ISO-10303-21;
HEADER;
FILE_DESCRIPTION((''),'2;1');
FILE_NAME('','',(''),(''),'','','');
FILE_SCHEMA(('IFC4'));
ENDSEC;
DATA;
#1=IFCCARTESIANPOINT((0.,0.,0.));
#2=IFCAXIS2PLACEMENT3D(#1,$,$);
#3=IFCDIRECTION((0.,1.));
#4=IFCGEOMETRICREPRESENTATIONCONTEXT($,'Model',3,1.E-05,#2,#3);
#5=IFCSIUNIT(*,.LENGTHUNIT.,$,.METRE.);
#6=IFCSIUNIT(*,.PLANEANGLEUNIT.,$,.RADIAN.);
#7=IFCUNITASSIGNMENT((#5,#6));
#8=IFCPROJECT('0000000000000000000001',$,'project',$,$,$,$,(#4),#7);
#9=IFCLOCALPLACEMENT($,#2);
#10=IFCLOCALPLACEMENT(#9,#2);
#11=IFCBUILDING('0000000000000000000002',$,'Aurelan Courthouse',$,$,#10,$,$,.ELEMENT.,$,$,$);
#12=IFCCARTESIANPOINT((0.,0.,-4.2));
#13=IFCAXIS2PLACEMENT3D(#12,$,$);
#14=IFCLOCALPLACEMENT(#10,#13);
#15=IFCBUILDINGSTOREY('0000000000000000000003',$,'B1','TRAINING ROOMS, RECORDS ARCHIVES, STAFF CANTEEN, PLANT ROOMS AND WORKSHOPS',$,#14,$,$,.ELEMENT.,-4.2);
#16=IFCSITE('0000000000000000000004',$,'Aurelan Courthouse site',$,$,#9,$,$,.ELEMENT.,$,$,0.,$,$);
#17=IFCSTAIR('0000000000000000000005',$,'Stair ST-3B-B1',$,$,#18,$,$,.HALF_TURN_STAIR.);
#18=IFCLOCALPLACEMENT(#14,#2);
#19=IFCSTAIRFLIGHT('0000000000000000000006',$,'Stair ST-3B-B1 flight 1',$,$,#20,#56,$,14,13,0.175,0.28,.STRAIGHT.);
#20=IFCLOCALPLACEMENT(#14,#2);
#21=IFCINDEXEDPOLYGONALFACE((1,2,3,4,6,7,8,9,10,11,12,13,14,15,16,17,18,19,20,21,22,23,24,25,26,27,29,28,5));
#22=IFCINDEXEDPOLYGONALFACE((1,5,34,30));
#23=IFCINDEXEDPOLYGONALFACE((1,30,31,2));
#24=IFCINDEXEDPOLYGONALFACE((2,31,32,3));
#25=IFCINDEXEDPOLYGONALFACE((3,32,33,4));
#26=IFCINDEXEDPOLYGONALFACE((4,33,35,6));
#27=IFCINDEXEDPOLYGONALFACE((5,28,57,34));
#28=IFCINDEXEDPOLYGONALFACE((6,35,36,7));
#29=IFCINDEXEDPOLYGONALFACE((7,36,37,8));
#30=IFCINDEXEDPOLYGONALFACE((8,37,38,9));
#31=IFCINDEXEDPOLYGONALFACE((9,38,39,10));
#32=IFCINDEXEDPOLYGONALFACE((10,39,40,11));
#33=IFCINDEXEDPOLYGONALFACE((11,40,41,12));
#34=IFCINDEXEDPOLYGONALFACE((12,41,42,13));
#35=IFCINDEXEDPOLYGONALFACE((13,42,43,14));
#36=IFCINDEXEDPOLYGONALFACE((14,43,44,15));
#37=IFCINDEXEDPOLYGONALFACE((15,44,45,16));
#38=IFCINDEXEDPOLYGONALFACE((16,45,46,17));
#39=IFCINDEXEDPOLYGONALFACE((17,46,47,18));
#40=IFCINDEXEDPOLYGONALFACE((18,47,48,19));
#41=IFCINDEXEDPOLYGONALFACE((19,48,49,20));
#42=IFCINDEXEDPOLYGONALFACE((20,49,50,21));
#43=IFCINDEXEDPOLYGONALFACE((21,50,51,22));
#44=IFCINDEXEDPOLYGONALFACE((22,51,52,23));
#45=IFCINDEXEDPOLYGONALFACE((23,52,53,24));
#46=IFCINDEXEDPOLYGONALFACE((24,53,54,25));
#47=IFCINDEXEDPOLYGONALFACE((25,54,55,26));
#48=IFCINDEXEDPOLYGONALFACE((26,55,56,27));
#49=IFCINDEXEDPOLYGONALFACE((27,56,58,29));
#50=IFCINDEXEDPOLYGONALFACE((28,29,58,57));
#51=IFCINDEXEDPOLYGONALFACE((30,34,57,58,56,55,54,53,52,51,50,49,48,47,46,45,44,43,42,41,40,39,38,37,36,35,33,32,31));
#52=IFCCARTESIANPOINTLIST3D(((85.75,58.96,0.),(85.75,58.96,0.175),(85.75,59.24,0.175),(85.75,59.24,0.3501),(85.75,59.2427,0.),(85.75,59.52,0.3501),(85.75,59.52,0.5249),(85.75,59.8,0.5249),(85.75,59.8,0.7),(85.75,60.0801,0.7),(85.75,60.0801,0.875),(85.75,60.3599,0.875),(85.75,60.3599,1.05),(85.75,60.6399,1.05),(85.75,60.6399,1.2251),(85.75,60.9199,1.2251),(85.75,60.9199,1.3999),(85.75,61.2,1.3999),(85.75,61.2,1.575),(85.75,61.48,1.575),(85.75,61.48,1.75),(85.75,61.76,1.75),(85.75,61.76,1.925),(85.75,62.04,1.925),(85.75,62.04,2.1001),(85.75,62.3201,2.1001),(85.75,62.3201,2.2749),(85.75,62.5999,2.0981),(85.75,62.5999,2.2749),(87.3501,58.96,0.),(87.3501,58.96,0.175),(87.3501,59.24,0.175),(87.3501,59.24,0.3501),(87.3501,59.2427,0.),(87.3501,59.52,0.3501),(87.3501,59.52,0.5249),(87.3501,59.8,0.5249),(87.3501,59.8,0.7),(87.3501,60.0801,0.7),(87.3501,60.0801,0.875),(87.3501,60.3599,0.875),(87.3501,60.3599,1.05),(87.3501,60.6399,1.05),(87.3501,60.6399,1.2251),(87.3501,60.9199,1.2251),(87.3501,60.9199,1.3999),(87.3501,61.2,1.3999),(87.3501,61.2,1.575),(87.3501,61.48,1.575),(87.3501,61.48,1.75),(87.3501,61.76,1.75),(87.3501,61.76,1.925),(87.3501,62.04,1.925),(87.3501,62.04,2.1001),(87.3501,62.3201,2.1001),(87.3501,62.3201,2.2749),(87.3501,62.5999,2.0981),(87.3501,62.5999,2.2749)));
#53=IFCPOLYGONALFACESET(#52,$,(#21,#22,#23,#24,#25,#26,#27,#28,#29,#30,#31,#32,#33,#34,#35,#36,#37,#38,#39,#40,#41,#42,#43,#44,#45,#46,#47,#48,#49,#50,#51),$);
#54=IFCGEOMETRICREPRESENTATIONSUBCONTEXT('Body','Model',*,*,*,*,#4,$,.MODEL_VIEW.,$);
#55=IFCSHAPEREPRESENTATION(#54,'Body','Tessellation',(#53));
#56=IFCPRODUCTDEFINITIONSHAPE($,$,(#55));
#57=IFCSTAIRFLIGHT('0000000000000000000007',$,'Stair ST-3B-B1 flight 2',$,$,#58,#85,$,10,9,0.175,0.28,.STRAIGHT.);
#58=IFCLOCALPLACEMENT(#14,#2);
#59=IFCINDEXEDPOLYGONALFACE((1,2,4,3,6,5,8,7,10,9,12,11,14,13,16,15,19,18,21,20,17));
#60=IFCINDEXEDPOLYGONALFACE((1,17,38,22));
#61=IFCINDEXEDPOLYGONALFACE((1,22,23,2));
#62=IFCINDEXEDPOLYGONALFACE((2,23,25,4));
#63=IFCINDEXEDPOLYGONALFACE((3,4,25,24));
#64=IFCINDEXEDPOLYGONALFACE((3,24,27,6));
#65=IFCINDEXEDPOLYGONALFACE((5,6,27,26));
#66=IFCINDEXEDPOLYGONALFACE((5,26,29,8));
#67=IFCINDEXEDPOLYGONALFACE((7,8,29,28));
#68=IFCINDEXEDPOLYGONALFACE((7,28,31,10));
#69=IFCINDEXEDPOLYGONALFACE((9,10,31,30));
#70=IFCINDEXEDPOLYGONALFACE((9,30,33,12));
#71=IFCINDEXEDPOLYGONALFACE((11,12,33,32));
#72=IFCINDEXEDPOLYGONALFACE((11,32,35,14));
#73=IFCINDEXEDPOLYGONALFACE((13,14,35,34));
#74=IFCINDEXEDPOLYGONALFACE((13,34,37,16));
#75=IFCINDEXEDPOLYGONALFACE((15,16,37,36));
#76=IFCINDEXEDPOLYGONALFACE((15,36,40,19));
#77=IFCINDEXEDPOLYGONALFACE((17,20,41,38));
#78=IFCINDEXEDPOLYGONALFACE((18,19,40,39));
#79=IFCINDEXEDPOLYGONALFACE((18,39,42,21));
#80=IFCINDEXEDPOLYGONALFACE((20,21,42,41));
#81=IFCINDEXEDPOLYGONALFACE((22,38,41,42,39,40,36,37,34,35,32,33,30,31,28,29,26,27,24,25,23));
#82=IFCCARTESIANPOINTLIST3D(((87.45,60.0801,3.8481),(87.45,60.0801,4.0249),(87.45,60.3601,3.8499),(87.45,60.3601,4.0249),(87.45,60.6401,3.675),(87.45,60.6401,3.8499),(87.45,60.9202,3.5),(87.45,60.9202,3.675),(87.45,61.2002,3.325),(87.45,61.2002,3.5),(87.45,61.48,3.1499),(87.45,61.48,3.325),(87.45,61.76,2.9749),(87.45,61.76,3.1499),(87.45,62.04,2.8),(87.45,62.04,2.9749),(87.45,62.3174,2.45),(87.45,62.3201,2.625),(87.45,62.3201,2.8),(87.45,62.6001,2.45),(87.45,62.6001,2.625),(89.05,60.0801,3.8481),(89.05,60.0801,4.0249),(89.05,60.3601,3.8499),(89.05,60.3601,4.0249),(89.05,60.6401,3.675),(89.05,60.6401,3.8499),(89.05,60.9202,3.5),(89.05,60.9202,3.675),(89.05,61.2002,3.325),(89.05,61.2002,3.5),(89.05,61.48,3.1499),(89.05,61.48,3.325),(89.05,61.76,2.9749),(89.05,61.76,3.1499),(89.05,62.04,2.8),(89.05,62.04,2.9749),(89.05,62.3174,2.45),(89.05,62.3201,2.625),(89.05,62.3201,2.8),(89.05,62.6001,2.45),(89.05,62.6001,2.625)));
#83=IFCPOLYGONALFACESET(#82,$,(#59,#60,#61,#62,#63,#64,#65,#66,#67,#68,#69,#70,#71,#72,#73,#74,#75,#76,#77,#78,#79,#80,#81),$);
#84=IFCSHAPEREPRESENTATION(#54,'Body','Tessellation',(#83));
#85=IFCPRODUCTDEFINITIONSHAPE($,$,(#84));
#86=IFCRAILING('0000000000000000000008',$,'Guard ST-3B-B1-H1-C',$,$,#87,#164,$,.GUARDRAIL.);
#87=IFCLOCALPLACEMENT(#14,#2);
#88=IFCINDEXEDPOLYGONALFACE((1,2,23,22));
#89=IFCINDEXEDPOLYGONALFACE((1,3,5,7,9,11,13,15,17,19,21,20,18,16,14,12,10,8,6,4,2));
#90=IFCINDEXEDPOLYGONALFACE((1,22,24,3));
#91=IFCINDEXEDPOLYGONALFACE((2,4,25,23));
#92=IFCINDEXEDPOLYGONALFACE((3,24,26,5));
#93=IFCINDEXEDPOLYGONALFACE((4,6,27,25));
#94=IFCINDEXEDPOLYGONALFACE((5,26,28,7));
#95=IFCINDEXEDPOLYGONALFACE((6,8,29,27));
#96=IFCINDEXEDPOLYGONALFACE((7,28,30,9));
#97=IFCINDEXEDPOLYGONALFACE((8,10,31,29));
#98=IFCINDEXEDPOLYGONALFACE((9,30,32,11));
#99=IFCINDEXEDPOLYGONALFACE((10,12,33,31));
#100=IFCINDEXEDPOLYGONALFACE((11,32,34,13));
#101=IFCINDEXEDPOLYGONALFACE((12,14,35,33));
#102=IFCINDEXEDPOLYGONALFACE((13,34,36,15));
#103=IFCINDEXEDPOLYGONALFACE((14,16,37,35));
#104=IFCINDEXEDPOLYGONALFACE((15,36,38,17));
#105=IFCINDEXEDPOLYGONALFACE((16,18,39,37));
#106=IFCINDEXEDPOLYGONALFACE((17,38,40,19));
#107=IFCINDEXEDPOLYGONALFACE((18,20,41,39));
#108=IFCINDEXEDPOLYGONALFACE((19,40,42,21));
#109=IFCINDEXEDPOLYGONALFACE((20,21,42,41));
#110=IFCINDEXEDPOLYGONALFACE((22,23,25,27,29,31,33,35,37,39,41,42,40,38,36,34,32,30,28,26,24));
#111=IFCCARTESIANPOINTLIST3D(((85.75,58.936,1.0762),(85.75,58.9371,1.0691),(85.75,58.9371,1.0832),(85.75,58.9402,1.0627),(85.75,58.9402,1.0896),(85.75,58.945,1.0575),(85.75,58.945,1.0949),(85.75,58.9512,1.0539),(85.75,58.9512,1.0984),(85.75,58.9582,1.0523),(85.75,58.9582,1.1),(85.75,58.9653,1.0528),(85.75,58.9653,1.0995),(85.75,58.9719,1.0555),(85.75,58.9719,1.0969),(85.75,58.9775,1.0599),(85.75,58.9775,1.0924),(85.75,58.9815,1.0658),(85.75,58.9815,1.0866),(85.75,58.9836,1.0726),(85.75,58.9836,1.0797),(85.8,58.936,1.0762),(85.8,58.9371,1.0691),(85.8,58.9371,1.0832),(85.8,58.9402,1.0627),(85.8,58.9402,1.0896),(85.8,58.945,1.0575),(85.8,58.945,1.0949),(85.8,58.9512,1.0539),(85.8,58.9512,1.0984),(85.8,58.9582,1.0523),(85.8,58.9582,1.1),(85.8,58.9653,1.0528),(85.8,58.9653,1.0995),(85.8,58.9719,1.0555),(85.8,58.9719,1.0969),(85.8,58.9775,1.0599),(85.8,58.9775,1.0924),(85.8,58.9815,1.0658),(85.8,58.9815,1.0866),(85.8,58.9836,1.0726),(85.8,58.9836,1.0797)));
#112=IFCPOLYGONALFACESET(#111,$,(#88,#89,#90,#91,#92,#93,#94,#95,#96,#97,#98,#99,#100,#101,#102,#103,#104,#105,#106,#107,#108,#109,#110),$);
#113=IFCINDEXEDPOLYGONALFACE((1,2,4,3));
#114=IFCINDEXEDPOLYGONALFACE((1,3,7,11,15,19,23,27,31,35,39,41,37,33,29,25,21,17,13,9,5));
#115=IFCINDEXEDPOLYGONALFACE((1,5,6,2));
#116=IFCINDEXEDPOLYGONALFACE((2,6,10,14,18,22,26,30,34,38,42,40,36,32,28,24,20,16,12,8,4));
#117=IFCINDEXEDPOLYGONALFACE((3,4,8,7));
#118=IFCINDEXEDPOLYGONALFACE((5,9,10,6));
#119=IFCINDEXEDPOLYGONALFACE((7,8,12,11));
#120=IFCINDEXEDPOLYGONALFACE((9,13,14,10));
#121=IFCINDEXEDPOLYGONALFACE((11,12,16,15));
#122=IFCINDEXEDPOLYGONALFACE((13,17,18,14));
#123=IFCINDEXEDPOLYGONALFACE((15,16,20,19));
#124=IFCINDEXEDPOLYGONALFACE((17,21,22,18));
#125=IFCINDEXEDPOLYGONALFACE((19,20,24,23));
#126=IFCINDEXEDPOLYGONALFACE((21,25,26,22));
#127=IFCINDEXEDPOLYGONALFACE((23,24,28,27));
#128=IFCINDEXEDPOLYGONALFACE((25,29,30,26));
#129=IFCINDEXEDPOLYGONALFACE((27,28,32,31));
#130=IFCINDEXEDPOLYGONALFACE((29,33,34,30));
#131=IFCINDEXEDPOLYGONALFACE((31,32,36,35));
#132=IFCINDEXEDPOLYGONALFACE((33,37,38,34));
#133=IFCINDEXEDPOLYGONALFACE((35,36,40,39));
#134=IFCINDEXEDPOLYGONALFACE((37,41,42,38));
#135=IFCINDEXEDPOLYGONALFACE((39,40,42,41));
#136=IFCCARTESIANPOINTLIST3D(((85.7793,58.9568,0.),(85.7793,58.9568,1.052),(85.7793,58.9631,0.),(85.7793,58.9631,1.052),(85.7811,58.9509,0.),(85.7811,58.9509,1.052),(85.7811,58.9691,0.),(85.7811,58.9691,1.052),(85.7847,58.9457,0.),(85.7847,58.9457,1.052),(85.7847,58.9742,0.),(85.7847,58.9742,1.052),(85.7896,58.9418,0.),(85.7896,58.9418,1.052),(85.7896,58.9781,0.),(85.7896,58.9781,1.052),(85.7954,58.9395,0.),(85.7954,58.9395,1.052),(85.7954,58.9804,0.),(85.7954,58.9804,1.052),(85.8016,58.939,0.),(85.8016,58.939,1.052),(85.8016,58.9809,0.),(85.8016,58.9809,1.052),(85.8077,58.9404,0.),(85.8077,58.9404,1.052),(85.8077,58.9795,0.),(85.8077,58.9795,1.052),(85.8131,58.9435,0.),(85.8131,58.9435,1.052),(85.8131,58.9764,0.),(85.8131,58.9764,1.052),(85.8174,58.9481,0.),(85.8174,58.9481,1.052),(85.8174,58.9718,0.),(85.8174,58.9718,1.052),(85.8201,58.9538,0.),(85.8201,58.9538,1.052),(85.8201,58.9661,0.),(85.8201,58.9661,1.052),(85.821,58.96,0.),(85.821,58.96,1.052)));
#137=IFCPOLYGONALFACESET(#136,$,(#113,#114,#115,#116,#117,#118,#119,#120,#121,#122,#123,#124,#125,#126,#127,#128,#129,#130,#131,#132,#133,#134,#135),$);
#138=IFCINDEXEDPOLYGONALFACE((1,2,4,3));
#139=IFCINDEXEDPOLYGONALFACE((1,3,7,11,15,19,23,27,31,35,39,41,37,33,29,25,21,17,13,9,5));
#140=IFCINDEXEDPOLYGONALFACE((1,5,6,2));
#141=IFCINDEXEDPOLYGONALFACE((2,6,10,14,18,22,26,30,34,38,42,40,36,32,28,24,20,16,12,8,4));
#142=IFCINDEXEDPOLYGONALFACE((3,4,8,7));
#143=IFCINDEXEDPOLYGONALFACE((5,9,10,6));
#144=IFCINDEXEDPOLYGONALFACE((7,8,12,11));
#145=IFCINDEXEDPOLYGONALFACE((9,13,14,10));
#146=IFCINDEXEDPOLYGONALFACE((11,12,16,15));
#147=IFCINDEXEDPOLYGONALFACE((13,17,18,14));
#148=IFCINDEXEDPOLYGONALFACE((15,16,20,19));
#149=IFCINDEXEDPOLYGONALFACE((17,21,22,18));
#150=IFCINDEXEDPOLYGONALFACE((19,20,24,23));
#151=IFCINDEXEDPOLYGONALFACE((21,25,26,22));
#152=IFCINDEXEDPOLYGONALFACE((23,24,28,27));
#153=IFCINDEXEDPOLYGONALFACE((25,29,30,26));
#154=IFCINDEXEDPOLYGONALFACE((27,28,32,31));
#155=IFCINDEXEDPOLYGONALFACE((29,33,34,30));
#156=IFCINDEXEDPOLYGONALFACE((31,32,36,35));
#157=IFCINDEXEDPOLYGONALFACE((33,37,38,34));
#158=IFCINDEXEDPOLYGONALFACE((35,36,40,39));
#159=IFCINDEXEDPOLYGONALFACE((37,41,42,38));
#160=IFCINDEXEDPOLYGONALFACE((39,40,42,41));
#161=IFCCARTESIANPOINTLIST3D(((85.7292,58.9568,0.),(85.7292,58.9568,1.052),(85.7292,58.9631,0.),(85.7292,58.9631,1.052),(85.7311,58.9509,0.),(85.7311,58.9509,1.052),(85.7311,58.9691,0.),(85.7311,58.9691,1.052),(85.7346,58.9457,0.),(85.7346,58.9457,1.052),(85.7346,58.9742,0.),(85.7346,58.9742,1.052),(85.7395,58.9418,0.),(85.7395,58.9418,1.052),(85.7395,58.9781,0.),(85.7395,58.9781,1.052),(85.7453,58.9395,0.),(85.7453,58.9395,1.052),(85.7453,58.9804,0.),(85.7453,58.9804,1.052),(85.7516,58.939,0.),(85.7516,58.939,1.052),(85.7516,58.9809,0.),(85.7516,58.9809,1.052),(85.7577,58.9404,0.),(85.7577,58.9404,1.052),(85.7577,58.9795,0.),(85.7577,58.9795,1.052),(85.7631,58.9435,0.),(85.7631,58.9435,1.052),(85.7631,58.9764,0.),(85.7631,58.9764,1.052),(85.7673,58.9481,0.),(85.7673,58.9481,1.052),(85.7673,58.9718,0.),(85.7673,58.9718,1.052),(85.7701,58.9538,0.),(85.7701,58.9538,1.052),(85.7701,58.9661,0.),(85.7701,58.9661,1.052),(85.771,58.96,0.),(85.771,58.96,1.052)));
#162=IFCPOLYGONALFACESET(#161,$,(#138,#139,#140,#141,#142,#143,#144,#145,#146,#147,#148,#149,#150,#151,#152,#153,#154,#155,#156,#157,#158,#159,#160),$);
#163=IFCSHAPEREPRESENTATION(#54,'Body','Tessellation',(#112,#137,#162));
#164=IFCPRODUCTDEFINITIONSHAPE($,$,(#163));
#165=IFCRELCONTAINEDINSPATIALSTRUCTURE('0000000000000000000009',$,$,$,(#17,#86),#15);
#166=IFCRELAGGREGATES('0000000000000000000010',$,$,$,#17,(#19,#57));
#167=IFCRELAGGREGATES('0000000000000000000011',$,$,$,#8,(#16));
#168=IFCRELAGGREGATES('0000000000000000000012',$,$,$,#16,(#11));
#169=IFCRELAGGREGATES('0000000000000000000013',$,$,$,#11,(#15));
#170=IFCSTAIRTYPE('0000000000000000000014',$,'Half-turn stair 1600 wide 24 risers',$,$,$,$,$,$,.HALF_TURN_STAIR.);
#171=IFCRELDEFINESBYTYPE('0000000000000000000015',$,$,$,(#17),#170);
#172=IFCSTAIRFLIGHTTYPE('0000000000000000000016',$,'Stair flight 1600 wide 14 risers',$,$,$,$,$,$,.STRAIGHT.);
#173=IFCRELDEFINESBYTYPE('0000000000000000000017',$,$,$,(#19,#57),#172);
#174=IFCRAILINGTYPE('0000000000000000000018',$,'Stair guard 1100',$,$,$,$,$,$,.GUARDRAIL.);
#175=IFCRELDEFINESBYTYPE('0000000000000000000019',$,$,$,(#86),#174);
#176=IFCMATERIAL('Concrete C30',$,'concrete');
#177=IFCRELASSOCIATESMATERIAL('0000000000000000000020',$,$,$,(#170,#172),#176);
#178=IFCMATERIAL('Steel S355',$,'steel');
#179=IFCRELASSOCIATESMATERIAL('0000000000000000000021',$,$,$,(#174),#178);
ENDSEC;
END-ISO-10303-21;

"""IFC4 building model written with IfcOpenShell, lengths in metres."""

from ifc_helpers import new_model, si_unit, direction, frame, origin, origin_2d, place, context, subcontext, project, spatial, polyline, circle, outline, extrude, material, type_object, element, aggregate, save


model = new_model("IFC4")

# Units and contexts
model_context = context("Model", 3, precision=1e-05, world=origin(), true_north=direction((0.0, 1.0)))
body_context = subcontext(model_context, "Body", "Model", "MODEL_VIEW")
ifc_project = project(units=[si_unit("LENGTHUNIT", "METRE"), si_unit("PLANEANGLEUNIT", "RADIAN")], contexts=[model_context])

# Site, building, storey
site_placement = place(None, origin())
site = spatial("IfcSite", under=ifc_project, at=site_placement, Name="Aurelan Courthouse site", CompositionType="ELEMENT", RefElevation=0.0)
building_placement = place(site_placement, origin())
building = spatial("IfcBuilding", under=site, at=building_placement, Name="Aurelan Courthouse", CompositionType="ELEMENT")
storey_placement = place(building_placement, frame((0.0, 0.0, -4.2)))
storey = spatial("IfcBuildingStorey", under=building, at=storey_placement, Name="B1", Description="TRAINING ROOMS, RECORDS ARCHIVES, STAFF CANTEEN, PLANT ROOMS AND WORKSHOPS", CompositionType="ELEMENT", Elevation=-4.2)

# Shared definitions
ifc_material_1 = material(Name="Concrete C30", Category="concrete")

# Stair, stair flights
stair_type = type_object("IfcStairType", Name="Half-turn stair 1600 wide 24 risers", PredefinedType="HALF_TURN_STAIR", material=ifc_material_1)
stair_placement = place(storey_placement, origin())
stair = element("IfcStair", 1, at=stair_placement, inside=storey, type_object=stair_type, Name="Stair ST-3B-B1", PredefinedType="HALF_TURN_STAIR")
stair_flight_type = type_object("IfcStairFlightType", Name="Stair flight 1600 wide 14 risers", PredefinedType="STRAIGHT", material=ifc_material_1)
stair_flight_1_placement = place(storey_placement, frame((86.55, 58.96, 0.0), z_axis=(0.0, 0.0, 1.0), x_axis=(0.0, 1.0, 0.0)))
stair_flight_1 = element("IfcStairFlight", 2, at=stair_flight_1_placement, type_object=stair_flight_type, Name="Stair ST-3B-B1 flight 1", NumberOfRisers=14, NumberOfTreads=13, PredefinedType="STRAIGHT", RiserHeight=0.175, TreadLength=0.28, context=body_context, shape_type="SweptSolid", body=[
    extrude(outline(polyline([(0.0, 0.0), (0.0, 0.175), (0.28, 0.175), (0.28, 0.3501), (0.5601, 0.3501), (0.5601, 0.5249), (0.8401, 0.5249), (0.8401, 0.7), (1.1201, 0.7), (1.1201, 0.875), (1.3999, 0.875), (1.3999, 1.05), (1.6799, 1.05), (1.6799, 1.2251), (1.96, 1.2251), (1.96, 1.3999), (2.24, 1.3999), (2.24, 1.575), (2.52, 1.575), (2.52, 1.75), (2.8, 1.75), (2.8, 1.925), (3.0801, 1.925), (3.0801, 2.1001), (3.3601, 2.1001), (3.3601, 2.2749), (3.6399, 2.2749), (3.6399, 2.45), (3.6399, 2.0981), (0.2827, 0.0), (0.0, 0.0)])), frame((0.0, 0.8, 0.0), z_axis=(0.0, -1.0, 0.0), x_axis=(1.0, 0.0, 0.0)), (0.0, 0.0, 1.0), 1.6001),
])
stair_flight_2_placement = place(storey_placement, frame((88.25, 62.6001, 2.45), z_axis=(0.0, 0.0, 1.0), x_axis=(0.0, -1.0, 0.0)))
stair_flight_2 = element("IfcStairFlight", 3, at=stair_flight_2_placement, type_object=stair_flight_type, Name="Stair ST-3B-B1 flight 2", NumberOfRisers=10, NumberOfTreads=9, PredefinedType="STRAIGHT", RiserHeight=0.175, TreadLength=0.28, context=body_context, shape_type="SweptSolid", body=[
    extrude(outline(polyline([(0.0, 0.0), (0.0, 0.175), (0.28, 0.175), (0.28, 0.3501), (0.5601, 0.3501), (0.5601, 0.5249), (0.8401, 0.5249), (0.8401, 0.7), (1.1201, 0.7), (1.1201, 0.875), (1.3999, 0.875), (1.3999, 1.05), (1.6799, 1.05), (1.6799, 1.2251), (1.96, 1.2251), (1.96, 1.3999), (2.24, 1.3999), (2.24, 1.575), (2.52, 1.575), (2.52, 1.75), (2.52, 1.3982), (0.2827, 0.0), (0.0, 0.0)])), frame((0.0, 0.8, 0.0), z_axis=(0.0, -1.0, 0.0), x_axis=(1.0, 0.0, 0.0)), (0.0, 0.0, 1.0), 1.6001),
])
aggregate(stair, [stair_flight_1, stair_flight_2])

# Railing
ifc_material_2 = material(Name="Steel S355", Category="steel")
railing_type_1 = type_object("IfcRailingType", Name="Stair guard 1100", PredefinedType="GUARDRAIL", material=ifc_material_2)
railing_1_placement = place(storey_placement, frame((85.8, 58.96, 0.0)))
element("IfcRailing", 4, at=railing_1_placement, inside=storey, type_object=railing_type_1, Name="Guard ST-3B-B1-H1-C", PredefinedType="GUARDRAIL", context=body_context, shape_type="SweptSolid", body=[
    extrude(circle(Radius=0.0239, at=origin_2d()), frame((0.0, 0.0, 1.0762), z_axis=(-1.0, 0.0, 0.0), x_axis=(0.0, -1.0, 0.0)), (0.0, 0.0, 1.0), 0.05),
    extrude(circle(Radius=0.021, at=origin_2d()), origin(), (0.0, 0.0, 1.0), 1.052),
    extrude(circle(Radius=0.021, at=origin_2d()), frame((-0.05, 0.0, 0.0)), (0.0, 0.0, 1.0), 1.052),
])

save(model, "model.ifc")
